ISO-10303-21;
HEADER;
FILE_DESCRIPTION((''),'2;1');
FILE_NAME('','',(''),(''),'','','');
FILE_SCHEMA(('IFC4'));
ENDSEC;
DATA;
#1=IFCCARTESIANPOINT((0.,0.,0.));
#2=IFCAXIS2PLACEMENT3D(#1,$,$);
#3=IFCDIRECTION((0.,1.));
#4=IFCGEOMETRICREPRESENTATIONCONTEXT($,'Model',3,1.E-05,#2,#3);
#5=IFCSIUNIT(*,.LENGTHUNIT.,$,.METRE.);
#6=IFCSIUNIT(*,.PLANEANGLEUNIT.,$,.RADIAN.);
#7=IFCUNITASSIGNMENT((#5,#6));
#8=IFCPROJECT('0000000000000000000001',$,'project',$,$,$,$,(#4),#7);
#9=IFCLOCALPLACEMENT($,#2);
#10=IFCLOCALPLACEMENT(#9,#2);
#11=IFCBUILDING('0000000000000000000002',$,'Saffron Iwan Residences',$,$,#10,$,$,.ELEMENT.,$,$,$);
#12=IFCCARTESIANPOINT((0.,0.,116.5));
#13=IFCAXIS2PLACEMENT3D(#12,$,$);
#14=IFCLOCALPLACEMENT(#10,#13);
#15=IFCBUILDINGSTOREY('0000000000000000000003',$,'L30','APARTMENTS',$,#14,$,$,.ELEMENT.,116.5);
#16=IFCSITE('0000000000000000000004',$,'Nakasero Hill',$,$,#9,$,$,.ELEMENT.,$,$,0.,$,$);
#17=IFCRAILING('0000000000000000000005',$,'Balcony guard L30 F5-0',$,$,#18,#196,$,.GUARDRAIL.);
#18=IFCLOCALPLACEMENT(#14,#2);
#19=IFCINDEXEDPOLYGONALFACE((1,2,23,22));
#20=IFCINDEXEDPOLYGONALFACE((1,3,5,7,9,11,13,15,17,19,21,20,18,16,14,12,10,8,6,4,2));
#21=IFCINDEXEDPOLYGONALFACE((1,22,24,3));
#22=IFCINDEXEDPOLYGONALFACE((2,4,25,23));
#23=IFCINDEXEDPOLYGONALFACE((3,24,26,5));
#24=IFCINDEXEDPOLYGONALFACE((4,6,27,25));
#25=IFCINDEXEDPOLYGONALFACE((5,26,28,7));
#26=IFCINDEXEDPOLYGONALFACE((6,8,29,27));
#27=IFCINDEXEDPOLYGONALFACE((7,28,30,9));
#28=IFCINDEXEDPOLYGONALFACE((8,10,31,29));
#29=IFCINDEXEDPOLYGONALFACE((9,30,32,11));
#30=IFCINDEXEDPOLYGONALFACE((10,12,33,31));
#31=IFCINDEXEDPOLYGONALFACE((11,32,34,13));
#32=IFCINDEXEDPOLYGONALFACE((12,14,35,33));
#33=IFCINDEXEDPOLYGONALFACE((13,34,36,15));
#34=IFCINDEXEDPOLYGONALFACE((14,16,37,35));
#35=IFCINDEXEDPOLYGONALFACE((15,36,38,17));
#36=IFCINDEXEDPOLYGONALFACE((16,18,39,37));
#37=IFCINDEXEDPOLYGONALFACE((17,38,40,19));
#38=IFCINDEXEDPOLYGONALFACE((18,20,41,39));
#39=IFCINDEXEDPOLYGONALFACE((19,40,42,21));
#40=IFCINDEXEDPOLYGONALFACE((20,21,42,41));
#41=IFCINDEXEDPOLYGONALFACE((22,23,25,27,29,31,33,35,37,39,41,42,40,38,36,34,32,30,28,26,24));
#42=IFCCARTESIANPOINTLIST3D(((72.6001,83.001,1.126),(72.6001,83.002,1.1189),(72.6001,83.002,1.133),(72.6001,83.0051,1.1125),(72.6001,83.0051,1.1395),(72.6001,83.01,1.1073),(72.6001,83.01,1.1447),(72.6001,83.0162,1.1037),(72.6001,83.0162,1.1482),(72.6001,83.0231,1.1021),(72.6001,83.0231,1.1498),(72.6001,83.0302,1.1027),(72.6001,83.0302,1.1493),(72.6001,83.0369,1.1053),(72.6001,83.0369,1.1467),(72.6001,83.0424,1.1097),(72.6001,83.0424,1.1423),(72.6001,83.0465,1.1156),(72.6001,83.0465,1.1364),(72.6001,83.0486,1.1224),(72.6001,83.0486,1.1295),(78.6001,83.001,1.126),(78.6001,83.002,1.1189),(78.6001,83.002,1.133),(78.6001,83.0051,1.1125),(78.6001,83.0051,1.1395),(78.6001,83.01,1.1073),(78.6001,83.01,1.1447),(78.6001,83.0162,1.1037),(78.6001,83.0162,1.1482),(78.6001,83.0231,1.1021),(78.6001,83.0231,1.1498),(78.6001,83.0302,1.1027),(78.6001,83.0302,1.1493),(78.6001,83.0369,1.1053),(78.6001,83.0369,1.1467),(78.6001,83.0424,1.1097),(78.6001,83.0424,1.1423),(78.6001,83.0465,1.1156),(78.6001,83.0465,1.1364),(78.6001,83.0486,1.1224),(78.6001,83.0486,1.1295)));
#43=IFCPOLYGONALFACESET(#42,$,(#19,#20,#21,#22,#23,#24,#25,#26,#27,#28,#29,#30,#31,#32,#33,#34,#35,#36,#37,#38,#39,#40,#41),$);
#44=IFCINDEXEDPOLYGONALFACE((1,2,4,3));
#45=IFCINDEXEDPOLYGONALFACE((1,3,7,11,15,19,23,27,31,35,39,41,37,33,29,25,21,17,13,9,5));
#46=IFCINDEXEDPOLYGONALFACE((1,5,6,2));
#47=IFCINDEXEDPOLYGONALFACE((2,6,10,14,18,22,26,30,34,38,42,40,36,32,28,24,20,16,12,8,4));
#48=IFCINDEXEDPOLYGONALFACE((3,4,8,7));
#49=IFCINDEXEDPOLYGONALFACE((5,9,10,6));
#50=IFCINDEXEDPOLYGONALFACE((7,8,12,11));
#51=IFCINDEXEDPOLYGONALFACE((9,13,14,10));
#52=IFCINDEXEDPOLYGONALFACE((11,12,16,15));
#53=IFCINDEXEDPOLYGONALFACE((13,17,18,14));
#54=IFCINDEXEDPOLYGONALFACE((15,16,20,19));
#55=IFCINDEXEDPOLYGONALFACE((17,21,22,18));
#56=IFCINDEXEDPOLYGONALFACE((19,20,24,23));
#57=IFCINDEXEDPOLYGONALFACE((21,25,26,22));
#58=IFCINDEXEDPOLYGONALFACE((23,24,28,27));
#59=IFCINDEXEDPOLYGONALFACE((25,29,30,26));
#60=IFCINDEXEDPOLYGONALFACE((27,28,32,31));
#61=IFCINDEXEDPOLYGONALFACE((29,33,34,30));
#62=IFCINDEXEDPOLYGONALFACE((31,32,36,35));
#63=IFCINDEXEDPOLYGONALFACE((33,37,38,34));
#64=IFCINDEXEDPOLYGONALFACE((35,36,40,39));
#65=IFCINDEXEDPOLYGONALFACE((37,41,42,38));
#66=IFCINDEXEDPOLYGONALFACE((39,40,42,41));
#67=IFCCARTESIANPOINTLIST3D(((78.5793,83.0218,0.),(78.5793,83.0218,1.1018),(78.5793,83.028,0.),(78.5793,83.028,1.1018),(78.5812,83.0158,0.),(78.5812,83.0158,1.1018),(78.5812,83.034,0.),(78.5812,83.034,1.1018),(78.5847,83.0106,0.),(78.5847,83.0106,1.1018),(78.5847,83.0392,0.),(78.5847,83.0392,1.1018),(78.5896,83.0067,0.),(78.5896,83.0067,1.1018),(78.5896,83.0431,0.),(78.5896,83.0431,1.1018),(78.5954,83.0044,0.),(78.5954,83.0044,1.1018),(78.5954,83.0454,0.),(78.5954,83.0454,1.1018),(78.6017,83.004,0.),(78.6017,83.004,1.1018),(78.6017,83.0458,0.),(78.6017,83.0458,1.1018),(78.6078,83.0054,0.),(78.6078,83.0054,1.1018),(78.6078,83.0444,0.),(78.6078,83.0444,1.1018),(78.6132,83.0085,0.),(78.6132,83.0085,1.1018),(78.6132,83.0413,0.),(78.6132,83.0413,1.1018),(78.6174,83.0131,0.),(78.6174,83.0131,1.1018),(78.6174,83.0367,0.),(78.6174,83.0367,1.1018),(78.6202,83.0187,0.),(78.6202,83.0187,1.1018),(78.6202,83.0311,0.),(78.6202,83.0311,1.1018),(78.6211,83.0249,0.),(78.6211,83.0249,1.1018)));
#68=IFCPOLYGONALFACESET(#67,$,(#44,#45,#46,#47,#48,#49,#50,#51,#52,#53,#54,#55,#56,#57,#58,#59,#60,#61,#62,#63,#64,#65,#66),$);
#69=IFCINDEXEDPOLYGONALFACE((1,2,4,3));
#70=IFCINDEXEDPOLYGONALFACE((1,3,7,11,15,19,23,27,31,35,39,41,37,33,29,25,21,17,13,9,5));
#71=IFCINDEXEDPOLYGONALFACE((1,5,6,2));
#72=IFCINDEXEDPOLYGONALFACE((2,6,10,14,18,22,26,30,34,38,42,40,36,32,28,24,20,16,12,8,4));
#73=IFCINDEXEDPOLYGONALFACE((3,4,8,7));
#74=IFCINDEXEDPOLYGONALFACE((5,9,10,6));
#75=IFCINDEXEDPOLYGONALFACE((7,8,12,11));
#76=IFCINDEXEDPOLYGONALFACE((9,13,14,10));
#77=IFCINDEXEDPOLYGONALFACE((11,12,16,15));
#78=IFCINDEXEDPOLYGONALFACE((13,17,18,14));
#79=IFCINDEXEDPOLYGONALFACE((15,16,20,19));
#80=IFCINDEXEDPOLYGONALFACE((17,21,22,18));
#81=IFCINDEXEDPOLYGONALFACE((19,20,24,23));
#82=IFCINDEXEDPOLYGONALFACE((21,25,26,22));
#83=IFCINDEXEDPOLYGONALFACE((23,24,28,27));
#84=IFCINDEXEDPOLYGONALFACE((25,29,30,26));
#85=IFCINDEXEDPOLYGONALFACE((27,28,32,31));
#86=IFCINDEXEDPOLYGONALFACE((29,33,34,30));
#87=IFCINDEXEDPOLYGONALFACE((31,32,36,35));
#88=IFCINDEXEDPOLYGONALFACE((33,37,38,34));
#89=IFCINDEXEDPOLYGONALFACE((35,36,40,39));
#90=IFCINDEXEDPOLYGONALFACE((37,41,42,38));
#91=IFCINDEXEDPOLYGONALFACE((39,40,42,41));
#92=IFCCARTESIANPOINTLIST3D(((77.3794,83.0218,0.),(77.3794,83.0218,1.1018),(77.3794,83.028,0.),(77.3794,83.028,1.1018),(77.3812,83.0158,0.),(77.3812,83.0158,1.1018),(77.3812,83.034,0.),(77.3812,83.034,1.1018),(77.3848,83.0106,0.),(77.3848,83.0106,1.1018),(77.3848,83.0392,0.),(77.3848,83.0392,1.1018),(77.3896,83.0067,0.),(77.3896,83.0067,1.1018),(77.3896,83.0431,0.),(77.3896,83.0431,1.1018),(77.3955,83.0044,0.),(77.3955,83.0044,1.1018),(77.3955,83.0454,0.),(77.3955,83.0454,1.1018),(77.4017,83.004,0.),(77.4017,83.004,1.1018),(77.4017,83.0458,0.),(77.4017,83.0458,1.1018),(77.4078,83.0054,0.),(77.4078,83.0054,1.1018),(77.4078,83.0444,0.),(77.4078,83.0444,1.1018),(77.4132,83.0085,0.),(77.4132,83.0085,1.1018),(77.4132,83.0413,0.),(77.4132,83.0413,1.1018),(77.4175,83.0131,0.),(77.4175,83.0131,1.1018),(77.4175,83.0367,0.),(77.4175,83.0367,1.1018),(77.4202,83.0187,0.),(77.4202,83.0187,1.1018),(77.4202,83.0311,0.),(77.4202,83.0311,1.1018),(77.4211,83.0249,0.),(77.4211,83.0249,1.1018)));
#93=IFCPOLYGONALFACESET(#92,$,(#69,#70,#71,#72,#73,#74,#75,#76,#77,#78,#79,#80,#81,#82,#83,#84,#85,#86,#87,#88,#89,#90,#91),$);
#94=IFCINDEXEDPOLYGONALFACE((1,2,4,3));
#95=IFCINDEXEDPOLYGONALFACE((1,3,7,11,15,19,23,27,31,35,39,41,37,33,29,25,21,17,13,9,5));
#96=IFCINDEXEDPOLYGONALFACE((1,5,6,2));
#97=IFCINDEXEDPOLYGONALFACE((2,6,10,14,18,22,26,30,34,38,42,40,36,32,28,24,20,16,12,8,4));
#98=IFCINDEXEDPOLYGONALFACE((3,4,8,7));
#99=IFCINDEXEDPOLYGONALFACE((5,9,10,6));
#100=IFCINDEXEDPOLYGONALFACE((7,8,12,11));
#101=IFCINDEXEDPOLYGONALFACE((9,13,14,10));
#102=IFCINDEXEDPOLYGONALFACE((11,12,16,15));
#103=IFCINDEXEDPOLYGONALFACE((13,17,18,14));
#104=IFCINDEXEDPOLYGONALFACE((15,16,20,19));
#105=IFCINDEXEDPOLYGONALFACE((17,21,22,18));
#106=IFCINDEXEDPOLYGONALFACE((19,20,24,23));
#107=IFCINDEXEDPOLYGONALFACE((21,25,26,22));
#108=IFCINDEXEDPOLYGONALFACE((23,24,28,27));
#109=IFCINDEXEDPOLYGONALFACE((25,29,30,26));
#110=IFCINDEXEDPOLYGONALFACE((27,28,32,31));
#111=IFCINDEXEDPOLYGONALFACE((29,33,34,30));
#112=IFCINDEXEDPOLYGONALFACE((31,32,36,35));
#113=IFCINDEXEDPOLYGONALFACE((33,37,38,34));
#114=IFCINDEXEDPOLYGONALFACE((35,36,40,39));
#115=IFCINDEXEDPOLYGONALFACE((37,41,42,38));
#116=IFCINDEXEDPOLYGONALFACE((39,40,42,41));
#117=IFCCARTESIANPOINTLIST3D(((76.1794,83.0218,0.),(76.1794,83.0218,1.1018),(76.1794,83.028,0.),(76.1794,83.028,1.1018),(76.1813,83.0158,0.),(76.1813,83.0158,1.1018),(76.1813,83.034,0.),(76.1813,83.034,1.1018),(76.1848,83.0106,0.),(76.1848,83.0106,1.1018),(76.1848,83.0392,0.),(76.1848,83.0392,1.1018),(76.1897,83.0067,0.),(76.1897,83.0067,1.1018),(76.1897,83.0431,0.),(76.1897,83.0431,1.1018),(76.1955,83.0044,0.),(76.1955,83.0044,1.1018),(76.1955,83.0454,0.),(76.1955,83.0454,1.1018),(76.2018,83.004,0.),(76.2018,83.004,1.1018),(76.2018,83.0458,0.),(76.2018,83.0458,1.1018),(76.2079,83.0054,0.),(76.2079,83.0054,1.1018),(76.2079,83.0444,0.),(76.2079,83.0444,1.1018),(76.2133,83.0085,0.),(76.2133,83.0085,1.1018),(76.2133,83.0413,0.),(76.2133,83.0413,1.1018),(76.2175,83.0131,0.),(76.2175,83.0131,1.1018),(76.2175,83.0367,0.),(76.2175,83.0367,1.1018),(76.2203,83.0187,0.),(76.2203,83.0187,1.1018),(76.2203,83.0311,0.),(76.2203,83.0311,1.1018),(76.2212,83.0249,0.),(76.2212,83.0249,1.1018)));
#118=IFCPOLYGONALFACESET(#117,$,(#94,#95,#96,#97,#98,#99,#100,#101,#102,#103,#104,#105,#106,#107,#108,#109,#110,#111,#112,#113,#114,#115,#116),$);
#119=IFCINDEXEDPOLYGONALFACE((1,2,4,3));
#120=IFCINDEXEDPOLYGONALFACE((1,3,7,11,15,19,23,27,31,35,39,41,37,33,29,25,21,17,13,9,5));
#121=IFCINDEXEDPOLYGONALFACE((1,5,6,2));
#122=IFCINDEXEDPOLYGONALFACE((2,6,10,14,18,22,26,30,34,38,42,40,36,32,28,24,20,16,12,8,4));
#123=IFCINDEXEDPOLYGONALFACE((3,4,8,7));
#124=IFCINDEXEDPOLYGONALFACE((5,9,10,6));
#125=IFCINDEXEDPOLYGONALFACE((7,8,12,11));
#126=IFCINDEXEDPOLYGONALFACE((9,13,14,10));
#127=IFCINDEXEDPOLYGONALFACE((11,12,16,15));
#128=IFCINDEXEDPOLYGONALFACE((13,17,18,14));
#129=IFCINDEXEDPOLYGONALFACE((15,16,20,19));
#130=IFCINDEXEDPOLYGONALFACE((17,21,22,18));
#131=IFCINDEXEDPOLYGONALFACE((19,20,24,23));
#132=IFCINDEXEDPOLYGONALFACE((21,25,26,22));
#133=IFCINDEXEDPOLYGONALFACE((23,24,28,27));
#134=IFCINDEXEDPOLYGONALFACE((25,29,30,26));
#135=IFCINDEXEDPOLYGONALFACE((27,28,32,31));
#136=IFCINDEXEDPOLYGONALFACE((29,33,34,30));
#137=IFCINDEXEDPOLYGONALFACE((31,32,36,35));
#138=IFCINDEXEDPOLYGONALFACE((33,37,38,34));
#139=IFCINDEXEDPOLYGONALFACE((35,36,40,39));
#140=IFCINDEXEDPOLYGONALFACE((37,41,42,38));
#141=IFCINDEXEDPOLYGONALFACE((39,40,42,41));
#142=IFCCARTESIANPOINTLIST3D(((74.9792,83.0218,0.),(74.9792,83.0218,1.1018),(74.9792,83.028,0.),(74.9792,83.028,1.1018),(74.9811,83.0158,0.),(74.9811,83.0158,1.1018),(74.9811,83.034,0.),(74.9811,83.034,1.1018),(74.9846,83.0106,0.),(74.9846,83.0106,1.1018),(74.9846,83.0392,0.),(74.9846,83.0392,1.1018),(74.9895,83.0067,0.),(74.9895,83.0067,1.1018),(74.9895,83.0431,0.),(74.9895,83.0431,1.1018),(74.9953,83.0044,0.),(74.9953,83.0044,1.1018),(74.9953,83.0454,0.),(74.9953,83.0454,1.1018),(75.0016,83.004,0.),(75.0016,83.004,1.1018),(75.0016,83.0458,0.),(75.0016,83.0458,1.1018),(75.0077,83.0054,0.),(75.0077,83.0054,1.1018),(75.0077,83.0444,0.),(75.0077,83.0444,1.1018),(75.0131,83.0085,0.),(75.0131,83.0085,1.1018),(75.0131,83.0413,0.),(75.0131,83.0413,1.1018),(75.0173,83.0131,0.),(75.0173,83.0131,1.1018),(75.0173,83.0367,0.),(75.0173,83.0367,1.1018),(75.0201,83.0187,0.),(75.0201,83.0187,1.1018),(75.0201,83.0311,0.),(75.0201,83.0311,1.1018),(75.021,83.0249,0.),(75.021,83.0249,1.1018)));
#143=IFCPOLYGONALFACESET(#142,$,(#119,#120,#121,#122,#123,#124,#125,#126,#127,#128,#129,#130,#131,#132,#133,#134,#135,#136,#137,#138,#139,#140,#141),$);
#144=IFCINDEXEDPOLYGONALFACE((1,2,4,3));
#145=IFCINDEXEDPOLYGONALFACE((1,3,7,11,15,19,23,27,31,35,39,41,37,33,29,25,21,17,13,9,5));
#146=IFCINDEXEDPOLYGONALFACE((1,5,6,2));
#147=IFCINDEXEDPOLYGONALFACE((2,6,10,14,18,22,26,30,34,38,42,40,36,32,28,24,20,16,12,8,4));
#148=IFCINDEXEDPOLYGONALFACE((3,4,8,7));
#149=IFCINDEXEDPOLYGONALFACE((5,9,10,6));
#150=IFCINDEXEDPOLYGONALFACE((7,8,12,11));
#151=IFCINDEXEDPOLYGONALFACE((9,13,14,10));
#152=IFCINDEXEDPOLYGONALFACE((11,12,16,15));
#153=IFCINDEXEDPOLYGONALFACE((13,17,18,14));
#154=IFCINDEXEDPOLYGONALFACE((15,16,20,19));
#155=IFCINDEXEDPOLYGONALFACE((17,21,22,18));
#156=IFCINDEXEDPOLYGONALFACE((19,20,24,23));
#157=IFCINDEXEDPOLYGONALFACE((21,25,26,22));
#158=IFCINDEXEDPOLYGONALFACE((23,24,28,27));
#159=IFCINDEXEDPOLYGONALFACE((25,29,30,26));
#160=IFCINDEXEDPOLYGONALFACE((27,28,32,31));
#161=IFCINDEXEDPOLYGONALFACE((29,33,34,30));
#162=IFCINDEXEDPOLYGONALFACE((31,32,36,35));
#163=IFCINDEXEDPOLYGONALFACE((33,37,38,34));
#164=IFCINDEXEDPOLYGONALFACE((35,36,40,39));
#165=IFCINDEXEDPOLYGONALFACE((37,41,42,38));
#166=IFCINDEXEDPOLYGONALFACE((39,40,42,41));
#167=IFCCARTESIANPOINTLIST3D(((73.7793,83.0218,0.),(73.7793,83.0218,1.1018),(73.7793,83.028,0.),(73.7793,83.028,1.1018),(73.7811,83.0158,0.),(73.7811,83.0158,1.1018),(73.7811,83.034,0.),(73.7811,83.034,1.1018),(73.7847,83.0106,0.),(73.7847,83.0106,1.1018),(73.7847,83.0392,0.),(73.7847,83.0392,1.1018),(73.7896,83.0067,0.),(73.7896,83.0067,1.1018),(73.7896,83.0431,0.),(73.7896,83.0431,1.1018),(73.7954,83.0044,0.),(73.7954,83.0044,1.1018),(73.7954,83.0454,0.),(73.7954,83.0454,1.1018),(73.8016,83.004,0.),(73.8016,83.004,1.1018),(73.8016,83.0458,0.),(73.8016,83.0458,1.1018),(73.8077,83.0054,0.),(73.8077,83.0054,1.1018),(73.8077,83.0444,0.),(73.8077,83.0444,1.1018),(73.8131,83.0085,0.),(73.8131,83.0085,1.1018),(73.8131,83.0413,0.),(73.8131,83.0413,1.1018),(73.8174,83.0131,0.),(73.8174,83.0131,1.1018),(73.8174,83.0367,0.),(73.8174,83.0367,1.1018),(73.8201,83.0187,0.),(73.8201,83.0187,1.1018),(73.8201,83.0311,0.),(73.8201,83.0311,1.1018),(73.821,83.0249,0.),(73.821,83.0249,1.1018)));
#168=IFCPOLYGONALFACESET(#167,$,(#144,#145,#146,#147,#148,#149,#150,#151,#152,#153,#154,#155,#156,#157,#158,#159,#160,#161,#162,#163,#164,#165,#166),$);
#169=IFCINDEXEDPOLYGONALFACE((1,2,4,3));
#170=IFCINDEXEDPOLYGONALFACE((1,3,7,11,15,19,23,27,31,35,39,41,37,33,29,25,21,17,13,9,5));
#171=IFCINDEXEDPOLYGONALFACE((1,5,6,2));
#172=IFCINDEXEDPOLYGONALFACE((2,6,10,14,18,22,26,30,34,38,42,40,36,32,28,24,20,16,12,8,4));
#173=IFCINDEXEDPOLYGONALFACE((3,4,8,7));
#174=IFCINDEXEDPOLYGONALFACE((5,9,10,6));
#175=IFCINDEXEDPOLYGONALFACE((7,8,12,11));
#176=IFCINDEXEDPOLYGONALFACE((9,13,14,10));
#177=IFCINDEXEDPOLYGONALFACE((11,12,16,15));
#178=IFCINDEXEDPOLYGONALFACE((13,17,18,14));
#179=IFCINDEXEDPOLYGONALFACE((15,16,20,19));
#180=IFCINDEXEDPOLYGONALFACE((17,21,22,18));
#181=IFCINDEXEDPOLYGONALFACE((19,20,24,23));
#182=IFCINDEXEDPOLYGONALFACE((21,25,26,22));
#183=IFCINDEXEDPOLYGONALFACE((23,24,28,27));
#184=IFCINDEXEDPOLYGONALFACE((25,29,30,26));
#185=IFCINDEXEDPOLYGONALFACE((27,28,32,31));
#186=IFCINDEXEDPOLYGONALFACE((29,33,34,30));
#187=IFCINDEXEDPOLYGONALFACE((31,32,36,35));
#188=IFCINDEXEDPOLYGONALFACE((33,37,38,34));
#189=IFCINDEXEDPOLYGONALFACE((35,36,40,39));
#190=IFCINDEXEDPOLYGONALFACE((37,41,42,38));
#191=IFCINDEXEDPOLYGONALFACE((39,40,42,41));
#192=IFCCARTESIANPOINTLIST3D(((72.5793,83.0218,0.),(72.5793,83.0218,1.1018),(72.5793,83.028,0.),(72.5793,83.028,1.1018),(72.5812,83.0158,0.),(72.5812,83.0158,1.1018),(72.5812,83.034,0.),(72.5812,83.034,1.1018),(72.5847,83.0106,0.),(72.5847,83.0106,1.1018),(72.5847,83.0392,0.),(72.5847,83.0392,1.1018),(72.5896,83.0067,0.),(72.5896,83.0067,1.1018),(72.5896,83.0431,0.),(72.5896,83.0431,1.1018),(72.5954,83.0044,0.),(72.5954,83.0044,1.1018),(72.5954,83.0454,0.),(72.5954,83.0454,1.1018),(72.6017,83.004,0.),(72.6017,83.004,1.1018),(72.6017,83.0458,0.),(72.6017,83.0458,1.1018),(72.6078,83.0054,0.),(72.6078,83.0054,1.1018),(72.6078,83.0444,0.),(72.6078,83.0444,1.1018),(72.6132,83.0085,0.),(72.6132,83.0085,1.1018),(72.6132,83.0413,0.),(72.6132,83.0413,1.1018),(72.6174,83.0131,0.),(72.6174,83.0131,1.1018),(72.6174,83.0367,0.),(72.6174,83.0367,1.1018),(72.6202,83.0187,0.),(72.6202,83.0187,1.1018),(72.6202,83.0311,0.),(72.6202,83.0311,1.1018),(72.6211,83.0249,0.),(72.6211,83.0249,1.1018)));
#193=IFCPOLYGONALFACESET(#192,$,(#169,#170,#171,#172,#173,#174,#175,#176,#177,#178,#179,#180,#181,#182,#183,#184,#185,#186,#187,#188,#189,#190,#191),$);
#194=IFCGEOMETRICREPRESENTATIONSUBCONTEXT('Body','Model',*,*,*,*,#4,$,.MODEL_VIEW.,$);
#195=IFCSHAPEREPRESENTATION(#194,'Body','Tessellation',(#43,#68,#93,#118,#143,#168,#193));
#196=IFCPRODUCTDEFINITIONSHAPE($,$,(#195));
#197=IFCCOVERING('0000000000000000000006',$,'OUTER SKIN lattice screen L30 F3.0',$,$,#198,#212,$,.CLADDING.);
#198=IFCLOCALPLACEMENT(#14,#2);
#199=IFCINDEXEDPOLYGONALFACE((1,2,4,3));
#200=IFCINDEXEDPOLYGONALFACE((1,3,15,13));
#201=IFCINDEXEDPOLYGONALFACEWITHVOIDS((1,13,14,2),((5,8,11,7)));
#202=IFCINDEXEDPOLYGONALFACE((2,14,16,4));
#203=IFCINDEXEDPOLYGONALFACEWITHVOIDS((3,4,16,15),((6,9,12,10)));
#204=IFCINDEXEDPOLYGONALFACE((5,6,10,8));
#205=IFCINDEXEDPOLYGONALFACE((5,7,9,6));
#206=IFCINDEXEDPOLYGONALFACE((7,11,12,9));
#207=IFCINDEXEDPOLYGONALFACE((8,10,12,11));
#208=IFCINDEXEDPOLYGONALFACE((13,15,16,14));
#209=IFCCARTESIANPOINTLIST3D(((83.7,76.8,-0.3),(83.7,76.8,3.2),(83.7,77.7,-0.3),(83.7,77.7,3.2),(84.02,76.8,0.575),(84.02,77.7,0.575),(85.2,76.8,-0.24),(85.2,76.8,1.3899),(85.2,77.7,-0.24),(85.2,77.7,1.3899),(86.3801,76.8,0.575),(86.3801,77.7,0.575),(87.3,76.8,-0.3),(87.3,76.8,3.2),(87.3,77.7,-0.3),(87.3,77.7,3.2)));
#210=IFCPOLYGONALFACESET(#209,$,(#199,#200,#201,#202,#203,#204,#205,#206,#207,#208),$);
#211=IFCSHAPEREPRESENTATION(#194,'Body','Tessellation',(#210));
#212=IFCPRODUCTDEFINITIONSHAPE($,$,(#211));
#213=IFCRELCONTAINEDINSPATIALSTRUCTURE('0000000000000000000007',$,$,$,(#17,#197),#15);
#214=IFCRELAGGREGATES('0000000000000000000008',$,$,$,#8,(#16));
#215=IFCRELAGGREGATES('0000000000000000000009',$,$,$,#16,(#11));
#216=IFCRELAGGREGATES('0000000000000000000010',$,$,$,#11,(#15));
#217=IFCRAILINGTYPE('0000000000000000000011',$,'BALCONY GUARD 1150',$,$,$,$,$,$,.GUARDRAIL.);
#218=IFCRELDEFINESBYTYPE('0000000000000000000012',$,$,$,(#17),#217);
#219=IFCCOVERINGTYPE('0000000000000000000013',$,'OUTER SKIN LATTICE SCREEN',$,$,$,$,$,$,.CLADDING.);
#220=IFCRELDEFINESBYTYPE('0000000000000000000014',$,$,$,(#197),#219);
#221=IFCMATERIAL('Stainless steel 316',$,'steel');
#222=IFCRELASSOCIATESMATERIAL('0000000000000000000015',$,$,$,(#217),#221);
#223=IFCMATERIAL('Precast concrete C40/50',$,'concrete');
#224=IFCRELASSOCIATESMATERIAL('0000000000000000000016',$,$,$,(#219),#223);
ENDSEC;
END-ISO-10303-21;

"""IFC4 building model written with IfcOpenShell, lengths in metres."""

from ifc_helpers import new_model, si_unit, direction, frame, origin, origin_2d, place, context, subcontext, project, spatial, polyline, circle, outline, extrude, material, type_object, element, save


model = new_model("IFC4")

# Units and contexts
model_context = context("Model", 3, precision=1e-05, world=origin(), true_north=direction((0.0, 1.0)))
body_context = subcontext(model_context, "Body", "Model", "MODEL_VIEW")
ifc_project = project(units=[si_unit("LENGTHUNIT", "METRE"), si_unit("PLANEANGLEUNIT", "RADIAN")], contexts=[model_context])

# Site, building, storey
site_placement = place(None, origin())
site = spatial("IfcSite", under=ifc_project, at=site_placement, Name="Nakasero Hill", CompositionType="ELEMENT", RefElevation=0.0)
building_placement = place(site_placement, origin())
building = spatial("IfcBuilding", under=site, at=building_placement, Name="Saffron Iwan Residences", CompositionType="ELEMENT")
storey_placement = place(building_placement, frame((0.0, 0.0, 116.5)))
storey = spatial("IfcBuildingStorey", under=building, at=storey_placement, Name="L30", Description="APARTMENTS", CompositionType="ELEMENT", Elevation=116.5)

# Railing
ifc_material_1 = material(Name="Stainless steel 316", Category="steel")
railing_type = type_object("IfcRailingType", Name="BALCONY GUARD 1150", PredefinedType="GUARDRAIL", material=ifc_material_1)
railing_placement = place(storey_placement, frame((78.6001, 83.0249, 0.0)))
element("IfcRailing", 1, at=railing_placement, inside=storey, type_object=railing_type, Name="Balcony guard L30 F5-0", PredefinedType="GUARDRAIL", context=body_context, shape_type="SweptSolid", body=[
    extrude(circle(Radius=0.0239, at=origin_2d()), frame((0.0, 0.0, 1.126), z_axis=(-1.0, 0.0, 0.0), x_axis=(0.0, -1.0, 0.0)), (0.0, 0.0, 1.0), 6.0),
    extrude(circle(Radius=0.021, at=origin_2d()), origin(), (0.0, 0.0, 1.0), 1.1018),
    extrude(circle(Radius=0.021, at=origin_2d()), frame((-1.2, 0.0, 0.0)), (0.0, 0.0, 1.0), 1.1018),
    extrude(circle(Radius=0.021, at=origin_2d()), frame((-2.3999, 0.0, 0.0)), (0.0, 0.0, 1.0), 1.1018),
    extrude(circle(Radius=0.021, at=origin_2d()), frame((-3.6001, 0.0, 0.0)), (0.0, 0.0, 1.0), 1.1018),
    extrude(circle(Radius=0.021, at=origin_2d()), frame((-4.8, 0.0, 0.0)), (0.0, 0.0, 1.0), 1.1018),
    extrude(circle(Radius=0.021, at=origin_2d()), frame((-6.0, 0.0, 0.0)), (0.0, 0.0, 1.0), 1.1018),
])

# Covering
ifc_material_2 = material(Name="Precast concrete C40/50", Category="concrete")
covering_type_1 = type_object("IfcCoveringType", Name="OUTER SKIN LATTICE SCREEN", PredefinedType="CLADDING", material=ifc_material_2)
covering_1_placement = place(storey_placement, frame((87.3, 76.8, -0.3), z_axis=(0.0, 1.0, 0.0), x_axis=(-1.0, 0.0, 0.0)))
element("IfcCovering", 2, at=covering_1_placement, inside=storey, type_object=covering_type_1, Name="OUTER SKIN lattice screen L30 F3.0", PredefinedType="CLADDING", context=body_context, shape_type="SweptSolid", body=[
    extrude(outline(polyline([(0.0, 0.0), (3.6001, 0.0), (3.6001, 3.5), (0.0, 3.5), (0.0, 0.0)]), holes=[polyline([(0.9199, 0.875), (2.1001, 0.0601), (3.28, 0.875), (2.1001, 1.6899), (0.9199, 0.875)])]), origin(), (0.0, 0.0, 1.0), 0.8999),
])

save(model, "model.ifc")
